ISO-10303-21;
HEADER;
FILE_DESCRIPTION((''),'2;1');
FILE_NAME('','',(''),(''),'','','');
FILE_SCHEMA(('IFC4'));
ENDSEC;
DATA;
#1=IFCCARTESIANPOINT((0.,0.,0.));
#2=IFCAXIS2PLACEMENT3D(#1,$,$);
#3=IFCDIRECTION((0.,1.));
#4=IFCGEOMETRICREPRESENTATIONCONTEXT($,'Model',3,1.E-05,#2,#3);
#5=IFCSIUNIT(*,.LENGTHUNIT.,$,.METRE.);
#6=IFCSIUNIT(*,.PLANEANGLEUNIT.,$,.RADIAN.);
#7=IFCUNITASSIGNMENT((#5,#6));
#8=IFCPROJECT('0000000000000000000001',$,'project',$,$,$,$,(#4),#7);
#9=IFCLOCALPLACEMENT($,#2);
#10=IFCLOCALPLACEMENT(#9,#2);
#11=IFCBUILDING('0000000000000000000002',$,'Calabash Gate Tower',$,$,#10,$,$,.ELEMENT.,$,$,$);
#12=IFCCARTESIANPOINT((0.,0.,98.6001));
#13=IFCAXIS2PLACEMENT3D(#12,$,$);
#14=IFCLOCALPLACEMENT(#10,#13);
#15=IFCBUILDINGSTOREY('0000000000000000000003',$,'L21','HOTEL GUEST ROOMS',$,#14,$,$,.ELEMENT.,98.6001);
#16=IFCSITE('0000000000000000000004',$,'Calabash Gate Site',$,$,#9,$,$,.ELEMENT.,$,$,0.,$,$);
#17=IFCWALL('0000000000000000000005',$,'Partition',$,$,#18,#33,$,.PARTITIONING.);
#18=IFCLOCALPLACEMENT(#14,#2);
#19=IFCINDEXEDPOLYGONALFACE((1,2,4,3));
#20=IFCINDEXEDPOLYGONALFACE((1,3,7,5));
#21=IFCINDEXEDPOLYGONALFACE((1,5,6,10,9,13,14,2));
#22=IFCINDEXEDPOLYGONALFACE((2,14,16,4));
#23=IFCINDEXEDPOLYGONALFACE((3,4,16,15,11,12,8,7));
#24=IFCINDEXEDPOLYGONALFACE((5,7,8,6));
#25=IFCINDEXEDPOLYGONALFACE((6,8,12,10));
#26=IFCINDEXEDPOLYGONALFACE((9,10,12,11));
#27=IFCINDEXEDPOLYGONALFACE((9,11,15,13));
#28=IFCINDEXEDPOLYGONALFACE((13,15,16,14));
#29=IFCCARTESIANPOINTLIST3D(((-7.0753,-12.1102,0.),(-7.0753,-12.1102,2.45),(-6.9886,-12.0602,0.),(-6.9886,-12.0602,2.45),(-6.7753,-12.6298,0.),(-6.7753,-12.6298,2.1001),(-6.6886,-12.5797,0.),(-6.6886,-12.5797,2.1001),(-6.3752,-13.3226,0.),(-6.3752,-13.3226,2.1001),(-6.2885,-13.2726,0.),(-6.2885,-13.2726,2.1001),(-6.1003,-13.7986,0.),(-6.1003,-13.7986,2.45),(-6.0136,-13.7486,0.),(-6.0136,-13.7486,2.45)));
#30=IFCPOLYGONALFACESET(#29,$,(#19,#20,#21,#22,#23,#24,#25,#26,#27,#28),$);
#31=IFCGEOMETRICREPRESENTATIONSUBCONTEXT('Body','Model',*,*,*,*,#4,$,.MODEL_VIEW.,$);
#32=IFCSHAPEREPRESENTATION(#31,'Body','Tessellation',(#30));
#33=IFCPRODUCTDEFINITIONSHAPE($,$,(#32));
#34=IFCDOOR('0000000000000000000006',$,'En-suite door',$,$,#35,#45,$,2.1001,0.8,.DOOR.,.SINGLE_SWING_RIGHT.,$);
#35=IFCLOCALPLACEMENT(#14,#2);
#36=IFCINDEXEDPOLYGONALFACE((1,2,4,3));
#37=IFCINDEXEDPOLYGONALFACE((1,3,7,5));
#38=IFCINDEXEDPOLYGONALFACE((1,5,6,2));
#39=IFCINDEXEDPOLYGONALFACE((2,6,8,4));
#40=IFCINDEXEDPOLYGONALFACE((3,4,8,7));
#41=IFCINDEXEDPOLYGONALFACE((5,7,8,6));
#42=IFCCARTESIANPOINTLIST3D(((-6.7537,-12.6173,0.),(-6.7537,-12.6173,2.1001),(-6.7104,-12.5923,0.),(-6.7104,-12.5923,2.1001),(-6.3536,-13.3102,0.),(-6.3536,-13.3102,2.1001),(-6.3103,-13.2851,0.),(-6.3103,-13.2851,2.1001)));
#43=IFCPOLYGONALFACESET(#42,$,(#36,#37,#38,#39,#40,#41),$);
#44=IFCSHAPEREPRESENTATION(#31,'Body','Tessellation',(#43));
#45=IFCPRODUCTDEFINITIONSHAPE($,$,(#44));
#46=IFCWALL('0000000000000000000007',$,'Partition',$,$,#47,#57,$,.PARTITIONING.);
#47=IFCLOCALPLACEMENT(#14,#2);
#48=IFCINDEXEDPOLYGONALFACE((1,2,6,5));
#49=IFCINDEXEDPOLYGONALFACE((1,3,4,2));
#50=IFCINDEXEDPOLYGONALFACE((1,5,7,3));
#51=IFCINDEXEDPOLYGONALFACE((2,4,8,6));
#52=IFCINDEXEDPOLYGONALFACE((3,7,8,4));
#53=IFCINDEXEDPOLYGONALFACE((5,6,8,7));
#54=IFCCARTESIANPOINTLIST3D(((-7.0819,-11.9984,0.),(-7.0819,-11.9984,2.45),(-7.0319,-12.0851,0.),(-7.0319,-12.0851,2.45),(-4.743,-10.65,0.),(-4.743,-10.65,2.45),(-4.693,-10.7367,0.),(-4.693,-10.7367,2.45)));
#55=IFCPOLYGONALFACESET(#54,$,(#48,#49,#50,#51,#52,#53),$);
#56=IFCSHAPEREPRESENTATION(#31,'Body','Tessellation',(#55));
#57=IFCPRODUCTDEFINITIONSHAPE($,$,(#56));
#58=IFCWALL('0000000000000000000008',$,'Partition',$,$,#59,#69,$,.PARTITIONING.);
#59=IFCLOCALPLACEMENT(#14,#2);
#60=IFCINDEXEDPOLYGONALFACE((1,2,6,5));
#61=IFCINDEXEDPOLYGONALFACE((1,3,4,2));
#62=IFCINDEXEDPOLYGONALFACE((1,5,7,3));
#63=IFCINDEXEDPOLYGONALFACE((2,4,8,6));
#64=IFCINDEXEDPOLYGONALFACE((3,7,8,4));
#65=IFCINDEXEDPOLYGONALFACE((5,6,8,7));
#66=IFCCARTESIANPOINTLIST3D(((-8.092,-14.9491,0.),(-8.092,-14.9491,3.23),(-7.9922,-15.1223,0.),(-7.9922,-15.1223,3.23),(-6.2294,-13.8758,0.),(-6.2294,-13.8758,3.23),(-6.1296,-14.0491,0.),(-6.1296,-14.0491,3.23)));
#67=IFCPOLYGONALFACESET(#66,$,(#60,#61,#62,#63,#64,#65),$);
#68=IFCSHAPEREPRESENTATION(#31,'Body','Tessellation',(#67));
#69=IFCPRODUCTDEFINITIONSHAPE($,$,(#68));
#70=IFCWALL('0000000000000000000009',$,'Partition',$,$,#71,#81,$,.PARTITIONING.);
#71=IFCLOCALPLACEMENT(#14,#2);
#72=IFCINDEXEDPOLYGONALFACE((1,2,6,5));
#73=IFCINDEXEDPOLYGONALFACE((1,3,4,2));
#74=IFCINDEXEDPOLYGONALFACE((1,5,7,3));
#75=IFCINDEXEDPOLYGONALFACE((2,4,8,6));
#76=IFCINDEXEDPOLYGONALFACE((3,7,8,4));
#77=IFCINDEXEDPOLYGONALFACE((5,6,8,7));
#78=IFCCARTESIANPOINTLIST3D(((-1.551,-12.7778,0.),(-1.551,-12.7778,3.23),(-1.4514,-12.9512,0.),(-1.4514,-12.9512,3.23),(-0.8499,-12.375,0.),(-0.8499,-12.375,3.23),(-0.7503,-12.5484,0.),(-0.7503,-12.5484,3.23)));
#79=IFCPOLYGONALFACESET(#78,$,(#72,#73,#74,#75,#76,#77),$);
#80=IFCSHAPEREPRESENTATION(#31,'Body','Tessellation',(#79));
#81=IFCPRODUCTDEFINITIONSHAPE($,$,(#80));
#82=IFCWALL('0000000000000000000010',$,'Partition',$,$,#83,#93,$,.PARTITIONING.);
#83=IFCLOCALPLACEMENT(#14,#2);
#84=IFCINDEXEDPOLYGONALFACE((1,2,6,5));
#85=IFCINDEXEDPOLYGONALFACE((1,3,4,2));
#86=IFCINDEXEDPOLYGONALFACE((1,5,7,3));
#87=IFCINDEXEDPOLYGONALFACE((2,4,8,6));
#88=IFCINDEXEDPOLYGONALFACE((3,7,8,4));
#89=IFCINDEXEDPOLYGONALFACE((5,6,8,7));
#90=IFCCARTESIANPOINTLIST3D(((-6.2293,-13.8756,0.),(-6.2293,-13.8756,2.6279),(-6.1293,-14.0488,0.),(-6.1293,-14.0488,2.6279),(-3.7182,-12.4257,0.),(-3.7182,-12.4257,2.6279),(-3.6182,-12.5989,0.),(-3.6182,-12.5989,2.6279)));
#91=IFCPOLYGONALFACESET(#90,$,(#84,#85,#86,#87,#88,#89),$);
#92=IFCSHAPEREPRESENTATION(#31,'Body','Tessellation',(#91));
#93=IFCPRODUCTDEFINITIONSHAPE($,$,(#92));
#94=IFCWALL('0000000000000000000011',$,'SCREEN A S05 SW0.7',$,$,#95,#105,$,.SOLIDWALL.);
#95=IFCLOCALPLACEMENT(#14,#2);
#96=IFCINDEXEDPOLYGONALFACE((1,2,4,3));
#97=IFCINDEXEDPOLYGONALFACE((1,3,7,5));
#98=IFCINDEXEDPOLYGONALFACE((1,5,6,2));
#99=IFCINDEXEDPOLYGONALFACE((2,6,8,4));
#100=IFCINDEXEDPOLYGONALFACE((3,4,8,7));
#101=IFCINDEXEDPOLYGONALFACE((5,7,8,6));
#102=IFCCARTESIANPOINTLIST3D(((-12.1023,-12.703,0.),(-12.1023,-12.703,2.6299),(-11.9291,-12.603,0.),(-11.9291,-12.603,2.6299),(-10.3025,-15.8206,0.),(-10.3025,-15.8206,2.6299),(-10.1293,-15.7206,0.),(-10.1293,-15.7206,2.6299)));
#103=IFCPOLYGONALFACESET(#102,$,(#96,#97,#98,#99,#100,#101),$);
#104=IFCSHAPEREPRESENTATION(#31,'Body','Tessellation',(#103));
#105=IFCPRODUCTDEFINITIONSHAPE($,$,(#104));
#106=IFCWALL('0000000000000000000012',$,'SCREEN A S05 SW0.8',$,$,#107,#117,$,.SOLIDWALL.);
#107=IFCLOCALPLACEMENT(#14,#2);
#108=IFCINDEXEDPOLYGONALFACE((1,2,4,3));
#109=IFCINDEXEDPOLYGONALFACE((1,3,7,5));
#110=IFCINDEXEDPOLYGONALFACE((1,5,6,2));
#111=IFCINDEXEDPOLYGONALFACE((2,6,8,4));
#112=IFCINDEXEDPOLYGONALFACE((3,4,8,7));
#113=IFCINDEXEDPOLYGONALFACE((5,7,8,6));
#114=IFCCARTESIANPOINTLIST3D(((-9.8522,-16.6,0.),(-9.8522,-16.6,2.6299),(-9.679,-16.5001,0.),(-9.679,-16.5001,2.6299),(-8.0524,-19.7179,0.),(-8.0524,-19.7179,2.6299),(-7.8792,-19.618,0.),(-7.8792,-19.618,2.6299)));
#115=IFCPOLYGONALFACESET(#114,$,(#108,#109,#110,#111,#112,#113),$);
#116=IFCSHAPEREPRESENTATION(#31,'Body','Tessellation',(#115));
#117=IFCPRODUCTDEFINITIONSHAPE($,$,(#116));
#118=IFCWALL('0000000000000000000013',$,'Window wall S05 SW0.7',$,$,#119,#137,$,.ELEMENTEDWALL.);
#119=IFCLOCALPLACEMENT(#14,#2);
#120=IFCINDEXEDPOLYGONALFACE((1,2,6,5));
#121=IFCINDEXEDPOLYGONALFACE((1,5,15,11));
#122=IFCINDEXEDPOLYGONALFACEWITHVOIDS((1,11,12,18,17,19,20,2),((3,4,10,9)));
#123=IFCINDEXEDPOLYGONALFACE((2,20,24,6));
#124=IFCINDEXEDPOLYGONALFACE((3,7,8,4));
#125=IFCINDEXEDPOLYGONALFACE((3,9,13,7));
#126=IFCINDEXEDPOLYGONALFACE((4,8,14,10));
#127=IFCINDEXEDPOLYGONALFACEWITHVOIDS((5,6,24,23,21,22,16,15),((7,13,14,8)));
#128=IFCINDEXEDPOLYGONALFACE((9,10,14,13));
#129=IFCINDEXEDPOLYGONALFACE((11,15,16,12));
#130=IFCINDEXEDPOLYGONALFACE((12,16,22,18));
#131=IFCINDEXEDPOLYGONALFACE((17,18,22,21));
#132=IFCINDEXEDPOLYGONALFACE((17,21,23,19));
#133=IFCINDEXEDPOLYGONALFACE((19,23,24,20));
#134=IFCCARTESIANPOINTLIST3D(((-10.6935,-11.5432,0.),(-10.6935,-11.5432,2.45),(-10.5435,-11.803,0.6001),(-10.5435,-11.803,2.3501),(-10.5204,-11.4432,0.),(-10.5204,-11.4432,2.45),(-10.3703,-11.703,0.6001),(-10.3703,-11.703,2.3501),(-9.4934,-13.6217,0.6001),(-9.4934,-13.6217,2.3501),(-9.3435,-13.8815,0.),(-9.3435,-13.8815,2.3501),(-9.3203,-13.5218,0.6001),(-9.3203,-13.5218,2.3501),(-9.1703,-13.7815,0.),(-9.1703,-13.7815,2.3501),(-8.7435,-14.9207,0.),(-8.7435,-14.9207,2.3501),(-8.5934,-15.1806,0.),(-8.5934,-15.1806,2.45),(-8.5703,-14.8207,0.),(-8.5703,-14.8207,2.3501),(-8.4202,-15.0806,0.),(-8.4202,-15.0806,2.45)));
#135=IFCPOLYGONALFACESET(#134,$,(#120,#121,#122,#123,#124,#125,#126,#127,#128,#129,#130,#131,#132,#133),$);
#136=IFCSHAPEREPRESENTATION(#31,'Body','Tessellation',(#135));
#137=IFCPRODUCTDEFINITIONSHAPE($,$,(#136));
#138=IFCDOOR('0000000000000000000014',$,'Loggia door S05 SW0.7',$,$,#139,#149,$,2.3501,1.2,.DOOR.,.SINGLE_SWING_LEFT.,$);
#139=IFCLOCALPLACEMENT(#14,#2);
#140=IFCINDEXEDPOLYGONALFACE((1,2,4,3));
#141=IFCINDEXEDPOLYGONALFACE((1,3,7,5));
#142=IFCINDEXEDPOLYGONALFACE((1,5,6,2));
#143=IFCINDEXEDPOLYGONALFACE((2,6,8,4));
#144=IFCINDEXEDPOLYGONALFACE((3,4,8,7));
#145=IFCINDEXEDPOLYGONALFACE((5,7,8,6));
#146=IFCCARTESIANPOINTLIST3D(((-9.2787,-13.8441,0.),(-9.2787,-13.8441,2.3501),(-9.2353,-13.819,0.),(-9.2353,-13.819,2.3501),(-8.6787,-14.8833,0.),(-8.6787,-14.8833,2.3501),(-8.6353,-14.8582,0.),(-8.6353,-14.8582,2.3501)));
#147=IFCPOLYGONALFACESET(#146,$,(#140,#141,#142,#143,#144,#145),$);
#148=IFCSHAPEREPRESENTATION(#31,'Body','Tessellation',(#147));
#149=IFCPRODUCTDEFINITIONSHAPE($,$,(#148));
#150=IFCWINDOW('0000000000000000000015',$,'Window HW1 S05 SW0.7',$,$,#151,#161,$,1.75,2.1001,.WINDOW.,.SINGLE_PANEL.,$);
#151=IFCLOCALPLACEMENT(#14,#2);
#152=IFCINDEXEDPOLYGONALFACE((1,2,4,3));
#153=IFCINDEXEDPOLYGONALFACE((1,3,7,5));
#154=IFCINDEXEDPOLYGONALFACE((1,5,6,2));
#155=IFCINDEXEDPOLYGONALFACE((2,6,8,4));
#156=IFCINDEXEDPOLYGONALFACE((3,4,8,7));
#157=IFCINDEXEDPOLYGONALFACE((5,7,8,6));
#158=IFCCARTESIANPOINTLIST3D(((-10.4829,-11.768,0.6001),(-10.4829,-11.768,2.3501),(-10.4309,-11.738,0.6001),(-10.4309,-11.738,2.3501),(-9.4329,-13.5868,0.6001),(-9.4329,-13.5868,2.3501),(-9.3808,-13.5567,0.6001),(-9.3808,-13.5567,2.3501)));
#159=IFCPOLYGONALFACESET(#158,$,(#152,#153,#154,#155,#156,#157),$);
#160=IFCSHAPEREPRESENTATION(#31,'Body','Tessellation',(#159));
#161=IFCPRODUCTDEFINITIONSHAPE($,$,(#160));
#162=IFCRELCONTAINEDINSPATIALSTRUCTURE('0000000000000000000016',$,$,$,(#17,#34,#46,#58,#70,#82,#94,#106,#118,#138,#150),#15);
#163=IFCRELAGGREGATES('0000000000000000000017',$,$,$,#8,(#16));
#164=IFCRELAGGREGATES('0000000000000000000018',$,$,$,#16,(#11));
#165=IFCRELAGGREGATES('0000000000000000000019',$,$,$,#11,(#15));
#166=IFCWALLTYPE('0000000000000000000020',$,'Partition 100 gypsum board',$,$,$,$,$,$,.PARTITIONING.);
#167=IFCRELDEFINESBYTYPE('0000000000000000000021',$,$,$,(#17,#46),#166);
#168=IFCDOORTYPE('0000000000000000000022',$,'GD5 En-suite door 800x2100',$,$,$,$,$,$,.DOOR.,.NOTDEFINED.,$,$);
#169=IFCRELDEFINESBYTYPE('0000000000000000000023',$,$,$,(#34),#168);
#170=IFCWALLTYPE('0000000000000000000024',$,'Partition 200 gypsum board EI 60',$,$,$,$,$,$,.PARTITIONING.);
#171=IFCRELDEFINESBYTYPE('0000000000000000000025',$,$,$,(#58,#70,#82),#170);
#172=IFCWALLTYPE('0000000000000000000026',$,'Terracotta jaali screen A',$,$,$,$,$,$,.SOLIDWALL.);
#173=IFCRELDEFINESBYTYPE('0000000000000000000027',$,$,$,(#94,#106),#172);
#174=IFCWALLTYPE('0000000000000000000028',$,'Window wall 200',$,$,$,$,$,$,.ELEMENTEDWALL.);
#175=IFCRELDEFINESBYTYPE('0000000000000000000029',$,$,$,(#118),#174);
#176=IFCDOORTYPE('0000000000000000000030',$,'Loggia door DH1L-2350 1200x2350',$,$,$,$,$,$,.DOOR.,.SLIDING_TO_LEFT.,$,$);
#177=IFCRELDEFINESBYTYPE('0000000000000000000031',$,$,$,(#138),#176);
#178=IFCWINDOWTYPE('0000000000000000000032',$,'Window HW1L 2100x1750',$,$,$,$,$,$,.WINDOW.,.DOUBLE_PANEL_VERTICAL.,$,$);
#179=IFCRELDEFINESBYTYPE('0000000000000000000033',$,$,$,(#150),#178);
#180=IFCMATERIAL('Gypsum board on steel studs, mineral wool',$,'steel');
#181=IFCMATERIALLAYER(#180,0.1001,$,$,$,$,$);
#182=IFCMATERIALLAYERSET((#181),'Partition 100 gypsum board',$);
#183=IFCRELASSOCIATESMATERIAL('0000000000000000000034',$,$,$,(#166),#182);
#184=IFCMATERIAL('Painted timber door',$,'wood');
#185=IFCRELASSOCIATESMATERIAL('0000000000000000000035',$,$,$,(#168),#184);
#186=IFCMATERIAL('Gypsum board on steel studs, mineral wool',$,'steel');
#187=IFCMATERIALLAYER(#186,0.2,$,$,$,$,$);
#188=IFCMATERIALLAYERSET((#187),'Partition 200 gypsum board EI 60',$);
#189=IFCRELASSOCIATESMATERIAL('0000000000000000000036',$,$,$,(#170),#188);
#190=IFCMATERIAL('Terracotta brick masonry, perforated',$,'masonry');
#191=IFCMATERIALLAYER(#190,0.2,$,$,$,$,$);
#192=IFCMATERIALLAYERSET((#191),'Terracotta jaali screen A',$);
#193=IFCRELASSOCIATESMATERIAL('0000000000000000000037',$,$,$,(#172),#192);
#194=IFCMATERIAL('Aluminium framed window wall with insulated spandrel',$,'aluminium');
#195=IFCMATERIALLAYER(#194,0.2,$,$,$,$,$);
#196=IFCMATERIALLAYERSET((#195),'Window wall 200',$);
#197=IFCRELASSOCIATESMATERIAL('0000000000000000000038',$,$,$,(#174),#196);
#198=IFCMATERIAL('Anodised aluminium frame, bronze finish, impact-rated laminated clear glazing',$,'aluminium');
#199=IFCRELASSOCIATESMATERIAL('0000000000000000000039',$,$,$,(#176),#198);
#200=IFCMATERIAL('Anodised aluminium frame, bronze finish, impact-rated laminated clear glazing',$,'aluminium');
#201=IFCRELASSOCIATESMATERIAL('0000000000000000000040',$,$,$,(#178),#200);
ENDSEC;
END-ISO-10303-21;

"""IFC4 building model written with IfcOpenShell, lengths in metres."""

from ifc_helpers import new_model, si_unit, direction, frame, frame_2d, origin, place, context, subcontext, project, spatial, rectangle, extrude, material, layer, layer_set, type_object, element, fill, save


model = new_model("IFC4")

# Units and contexts
model_context = context("Model", 3, precision=1e-05, world=origin(), true_north=direction((0.0, 1.0)))
body_context = subcontext(model_context, "Body", "Model", "MODEL_VIEW")
ifc_project = project(units=[si_unit("LENGTHUNIT", "METRE"), si_unit("PLANEANGLEUNIT", "RADIAN")], contexts=[model_context])

# Site, building, storey
site_placement = place(None, origin())
site = spatial("IfcSite", under=ifc_project, at=site_placement, Name="Calabash Gate Site", CompositionType="ELEMENT", RefElevation=0.0)
building_placement = place(site_placement, origin())
building = spatial("IfcBuilding", under=site, at=building_placement, Name="Calabash Gate Tower", CompositionType="ELEMENT")
storey_placement = place(building_placement, frame((0.0, 0.0, 98.6001)))
storey = spatial("IfcBuildingStorey", under=building, at=storey_placement, Name="L21", Description="HOTEL GUEST ROOMS", CompositionType="ELEMENT", Elevation=98.6001)

# Shared definitions
ifc_material_1 = material(Name="Gypsum board on steel studs, mineral wool", Category="steel")
ifc_layer_1 = layer(ifc_material_1, 0.1001)
ifc_layer_set_1 = layer_set([ifc_layer_1], Name="Partition 100 gypsum board")
wall_type_1 = type_object("IfcWallType", Name="Partition 100 gypsum board", PredefinedType="PARTITIONING", material=ifc_layer_set_1)

# Wall, opening, door
wall_1_placement = place(storey_placement, frame((-7.032, -12.0852, 0.0), z_axis=(0.0, 0.0, 1.0), x_axis=(0.500098, -0.865969, 0.0)))
wall_1 = element("IfcWall", 1, at=wall_1_placement, inside=storey, type_object=wall_type_1, Name="Partition", PredefinedType="PARTITIONING", context=body_context, shape_type="SweptSolid", body=[
    extrude(rectangle(XDim=1.9497, YDim=0.1001, at=frame_2d((0.9749, 0.0))), origin(), (0.0, 0.0, 1.0), 2.45),
])
opening_1_placement = place(wall_1_placement, frame((0.6001, 0.0, 0.0)))
opening_1 = element("IfcOpeningElement", 2, at=opening_1_placement, cuts=wall_1, PredefinedType="OPENING", context=body_context, shape_type="SweptSolid", body=[
    extrude(rectangle(XDim=0.8, YDim=2.1001, at=frame_2d((0.3999, 1.05))), frame((0.0, 0.0601, 0.0), z_axis=(0.0, -1.0, 0.0), x_axis=(1.0, 0.0, 0.0)), (0.0, 0.0, 1.0), 0.1201),
])
ifc_material_2 = material(Name="Painted timber door", Category="wood")
door_type_1 = type_object("IfcDoorType", Name="GD5 En-suite door 800x2100", OperationType="NOTDEFINED", PredefinedType="DOOR", material=ifc_material_2)
door_1_placement = place(opening_1_placement, origin())
door_1 = element("IfcDoor", 3, at=door_1_placement, inside=storey, type_object=door_type_1, Name="En-suite door", OperationType="SINGLE_SWING_RIGHT", OverallHeight=2.1001, OverallWidth=0.8, PredefinedType="DOOR", context=body_context, shape_type="SweptSolid", body=[
    extrude(rectangle(XDim=0.8, YDim=2.1001, at=frame_2d((0.3999, 1.05))), frame((0.0, 0.0249, 0.0), z_axis=(0.0, -1.0, 0.0), x_axis=(1.0, 0.0, 0.0)), (0.0, 0.0, 1.0), 0.05),
])
fill(opening_1, door_1)

# Walls
wall_2_placement = place(storey_placement, frame((-7.0569, -12.0417, 0.0), z_axis=(0.0, 0.0, 1.0), x_axis=(0.866339, 0.499456, 0.0)))
element("IfcWall", 4, at=wall_2_placement, inside=storey, type_object=wall_type_1, Name="Partition", PredefinedType="PARTITIONING", context=body_context, shape_type="SweptSolid", body=[
    extrude(rectangle(XDim=2.6997, YDim=0.1001, at=frame_2d((1.3499, 0.0))), origin(), (0.0, 0.0, 1.0), 2.45),
])
ifc_material_3 = material(Name="Gypsum board on steel studs, mineral wool", Category="steel")
ifc_layer_2 = layer(ifc_material_3, 0.2)
ifc_layer_set_2 = layer_set([ifc_layer_2], Name="Partition 200 gypsum board EI 60")
wall_type_2 = type_object("IfcWallType", Name="Partition 200 gypsum board EI 60", PredefinedType="PARTITIONING", material=ifc_layer_set_2)
wall_3_placement = place(storey_placement, frame((-8.042, -15.0356, 0.0), z_axis=(0.0, 0.0, 1.0), x_axis=(0.866448, 0.499267, 0.0)))
element("IfcWall", 5, at=wall_3_placement, inside=storey, type_object=wall_type_2, Name="Partition", PredefinedType="PARTITIONING", context=body_context, shape_type="SweptSolid", body=[
    extrude(rectangle(XDim=2.1497, YDim=0.2, at=frame_2d((1.0747, 0.0))), origin(), (0.0, 0.0, 1.0), 3.23),
])
wall_4_placement = place(storey_placement, frame((-1.5012, -12.8645, 0.0), z_axis=(0.0, 0.0, 1.0), x_axis=(0.867089, 0.498153, 0.0)))
element("IfcWall", 6, at=wall_4_placement, inside=storey, type_object=wall_type_2, Name="Partition", PredefinedType="PARTITIONING", context=body_context, shape_type="SweptSolid", body=[
    extrude(rectangle(XDim=0.8086, YDim=0.2, at=frame_2d((0.4043, 0.0))), origin(), (0.0, 0.0, 1.0), 3.23),
])
wall_5_placement = place(storey_placement, frame((-6.1792, -13.9622, 0.0), z_axis=(0.0, 0.0, 1.0), x_axis=(0.866012, 0.500024, 0.0)))
element("IfcWall", 7, at=wall_5_placement, inside=storey, type_object=wall_type_2, Name="Partition", PredefinedType="PARTITIONING", context=body_context, shape_type="SweptSolid", body=[
    extrude(rectangle(XDim=2.8997, YDim=0.2, at=frame_2d((1.4497, 0.0))), origin(), (0.0, 0.0, 1.0), 2.6279),
])
ifc_material_4 = material(Name="Terracotta brick masonry, perforated", Category="masonry")
ifc_layer_3 = layer(ifc_material_4, 0.2)
ifc_layer_set_3 = layer_set([ifc_layer_3], Name="Terracotta jaali screen A")
wall_type_3 = type_object("IfcWallType", Name="Terracotta jaali screen A", PredefinedType="SOLIDWALL", material=ifc_layer_set_3)
wall_6_placement = place(storey_placement, frame((-12.0156, -12.6531, 0.0), z_axis=(0.0, 0.0, 1.0), x_axis=(0.499961, -0.866048, 0.0)))
element("IfcWall", 8, at=wall_6_placement, inside=storey, type_object=wall_type_3, Name="SCREEN A S05 SW0.7", PredefinedType="SOLIDWALL", context=body_context, shape_type="SweptSolid", body=[
    extrude(rectangle(XDim=3.5999, YDim=0.2, at=frame_2d((1.7998, 0.0))), origin(), (0.0, 0.0, 1.0), 2.6299),
])
wall_7_placement = place(storey_placement, frame((-9.7656, -16.55, 0.0), z_axis=(0.0, 0.0, 1.0), x_axis=(0.499932, -0.866065, 0.0)))
element("IfcWall", 9, at=wall_7_placement, inside=storey, type_object=wall_type_3, Name="SCREEN A S05 SW0.8", PredefinedType="SOLIDWALL", context=body_context, shape_type="SweptSolid", body=[
    extrude(rectangle(XDim=3.6001, YDim=0.2, at=frame_2d((1.8, 0.0))), origin(), (0.0, 0.0, 1.0), 2.6299),
])

# Wall, openings, door, window
ifc_material_5 = material(Name="Aluminium framed window wall with insulated spandrel", Category="aluminium")
ifc_layer_4 = layer(ifc_material_5, 0.2)
ifc_layer_set_4 = layer_set([ifc_layer_4], Name="Window wall 200")
wall_type_4 = type_object("IfcWallType", Name="Window wall 200", PredefinedType="ELEMENTEDWALL", material=ifc_layer_set_4)
wall_8_placement = place(storey_placement, frame((-10.6069, -11.4932, 0.0), z_axis=(0.0, 0.0, 1.0), x_axis=(0.500003, -0.866024, 0.0)))
wall_8 = element("IfcWall", 10, at=wall_8_placement, inside=storey, type_object=wall_type_4, Name="Window wall S05 SW0.7", PredefinedType="ELEMENTEDWALL", context=body_context, shape_type="SweptSolid", body=[
    extrude(rectangle(XDim=4.2002, YDim=0.2, at=frame_2d((2.1001, 0.0))), origin(), (0.0, 0.0, 1.0), 2.45),
])
opening_2_placement = place(wall_8_placement, frame((0.3, 0.0, 0.6001)))
opening_2 = element("IfcOpeningElement", 11, at=opening_2_placement, cuts=wall_8, PredefinedType="OPENING", context=body_context, shape_type="SweptSolid", body=[
    extrude(rectangle(XDim=2.1001, YDim=1.75, at=frame_2d((1.05, 0.875))), frame((0.0, 0.1099, 0.0), z_axis=(0.0, -1.0, 0.0), x_axis=(1.0, 0.0, 0.0)), (0.0, 0.0, 1.0), 0.22),
])
opening_3_placement = place(wall_8_placement, frame((2.7, 0.0, 0.0)))
opening_3 = element("IfcOpeningElement", 12, at=opening_3_placement, cuts=wall_8, PredefinedType="OPENING", context=body_context, shape_type="SweptSolid", body=[
    extrude(rectangle(XDim=1.2, YDim=2.3501, at=frame_2d((0.6001, 1.175))), frame((0.0, 0.1099, 0.0), z_axis=(0.0, -1.0, 0.0), x_axis=(1.0, 0.0, 0.0)), (0.0, 0.0, 1.0), 0.22),
])
ifc_material_6 = material(Name="Anodised aluminium frame, bronze finish, impact-rated laminated clear glazing", Category="aluminium")
door_type_2 = type_object("IfcDoorType", Name="Loggia door DH1L-2350 1200x2350", OperationType="SLIDING_TO_LEFT", PredefinedType="DOOR", material=ifc_material_6)
door_2_placement = place(opening_3_placement, origin())
door_2 = element("IfcDoor", 13, at=door_2_placement, inside=storey, type_object=door_type_2, Name="Loggia door S05 SW0.7", OperationType="SINGLE_SWING_LEFT", OverallHeight=2.3501, OverallWidth=1.2, PredefinedType="DOOR", context=body_context, shape_type="SweptSolid", body=[
    extrude(rectangle(XDim=1.2, YDim=2.3501, at=frame_2d((0.6001, 1.175))), frame((0.0, 0.0249, 0.0), z_axis=(0.0, -1.0, 0.0), x_axis=(1.0, 0.0, 0.0)), (0.0, 0.0, 1.0), 0.05),
])
fill(opening_3, door_2)
ifc_material_7 = material(Name="Anodised aluminium frame, bronze finish, impact-rated laminated clear glazing", Category="aluminium")
window_type_1 = type_object("IfcWindowType", Name="Window HW1L 2100x1750", PartitioningType="DOUBLE_PANEL_VERTICAL", PredefinedType="WINDOW", material=ifc_material_7)
window_1_placement = place(opening_2_placement, origin())
window_1 = element("IfcWindow", 14, at=window_1_placement, inside=storey, type_object=window_type_1, Name="Window HW1 S05 SW0.7", OverallHeight=1.75, OverallWidth=2.1001, PartitioningType="SINGLE_PANEL", PredefinedType="WINDOW", context=body_context, shape_type="SweptSolid", body=[
    extrude(rectangle(XDim=2.1001, YDim=1.75, at=frame_2d((1.05, 0.875))), frame((0.0, 0.03, 0.0), z_axis=(0.0, -1.0, 0.0), x_axis=(1.0, 0.0, 0.0)), (0.0, 0.0, 1.0), 0.0601),
])
fill(opening_2, window_1)

save(model, "model.ifc")
